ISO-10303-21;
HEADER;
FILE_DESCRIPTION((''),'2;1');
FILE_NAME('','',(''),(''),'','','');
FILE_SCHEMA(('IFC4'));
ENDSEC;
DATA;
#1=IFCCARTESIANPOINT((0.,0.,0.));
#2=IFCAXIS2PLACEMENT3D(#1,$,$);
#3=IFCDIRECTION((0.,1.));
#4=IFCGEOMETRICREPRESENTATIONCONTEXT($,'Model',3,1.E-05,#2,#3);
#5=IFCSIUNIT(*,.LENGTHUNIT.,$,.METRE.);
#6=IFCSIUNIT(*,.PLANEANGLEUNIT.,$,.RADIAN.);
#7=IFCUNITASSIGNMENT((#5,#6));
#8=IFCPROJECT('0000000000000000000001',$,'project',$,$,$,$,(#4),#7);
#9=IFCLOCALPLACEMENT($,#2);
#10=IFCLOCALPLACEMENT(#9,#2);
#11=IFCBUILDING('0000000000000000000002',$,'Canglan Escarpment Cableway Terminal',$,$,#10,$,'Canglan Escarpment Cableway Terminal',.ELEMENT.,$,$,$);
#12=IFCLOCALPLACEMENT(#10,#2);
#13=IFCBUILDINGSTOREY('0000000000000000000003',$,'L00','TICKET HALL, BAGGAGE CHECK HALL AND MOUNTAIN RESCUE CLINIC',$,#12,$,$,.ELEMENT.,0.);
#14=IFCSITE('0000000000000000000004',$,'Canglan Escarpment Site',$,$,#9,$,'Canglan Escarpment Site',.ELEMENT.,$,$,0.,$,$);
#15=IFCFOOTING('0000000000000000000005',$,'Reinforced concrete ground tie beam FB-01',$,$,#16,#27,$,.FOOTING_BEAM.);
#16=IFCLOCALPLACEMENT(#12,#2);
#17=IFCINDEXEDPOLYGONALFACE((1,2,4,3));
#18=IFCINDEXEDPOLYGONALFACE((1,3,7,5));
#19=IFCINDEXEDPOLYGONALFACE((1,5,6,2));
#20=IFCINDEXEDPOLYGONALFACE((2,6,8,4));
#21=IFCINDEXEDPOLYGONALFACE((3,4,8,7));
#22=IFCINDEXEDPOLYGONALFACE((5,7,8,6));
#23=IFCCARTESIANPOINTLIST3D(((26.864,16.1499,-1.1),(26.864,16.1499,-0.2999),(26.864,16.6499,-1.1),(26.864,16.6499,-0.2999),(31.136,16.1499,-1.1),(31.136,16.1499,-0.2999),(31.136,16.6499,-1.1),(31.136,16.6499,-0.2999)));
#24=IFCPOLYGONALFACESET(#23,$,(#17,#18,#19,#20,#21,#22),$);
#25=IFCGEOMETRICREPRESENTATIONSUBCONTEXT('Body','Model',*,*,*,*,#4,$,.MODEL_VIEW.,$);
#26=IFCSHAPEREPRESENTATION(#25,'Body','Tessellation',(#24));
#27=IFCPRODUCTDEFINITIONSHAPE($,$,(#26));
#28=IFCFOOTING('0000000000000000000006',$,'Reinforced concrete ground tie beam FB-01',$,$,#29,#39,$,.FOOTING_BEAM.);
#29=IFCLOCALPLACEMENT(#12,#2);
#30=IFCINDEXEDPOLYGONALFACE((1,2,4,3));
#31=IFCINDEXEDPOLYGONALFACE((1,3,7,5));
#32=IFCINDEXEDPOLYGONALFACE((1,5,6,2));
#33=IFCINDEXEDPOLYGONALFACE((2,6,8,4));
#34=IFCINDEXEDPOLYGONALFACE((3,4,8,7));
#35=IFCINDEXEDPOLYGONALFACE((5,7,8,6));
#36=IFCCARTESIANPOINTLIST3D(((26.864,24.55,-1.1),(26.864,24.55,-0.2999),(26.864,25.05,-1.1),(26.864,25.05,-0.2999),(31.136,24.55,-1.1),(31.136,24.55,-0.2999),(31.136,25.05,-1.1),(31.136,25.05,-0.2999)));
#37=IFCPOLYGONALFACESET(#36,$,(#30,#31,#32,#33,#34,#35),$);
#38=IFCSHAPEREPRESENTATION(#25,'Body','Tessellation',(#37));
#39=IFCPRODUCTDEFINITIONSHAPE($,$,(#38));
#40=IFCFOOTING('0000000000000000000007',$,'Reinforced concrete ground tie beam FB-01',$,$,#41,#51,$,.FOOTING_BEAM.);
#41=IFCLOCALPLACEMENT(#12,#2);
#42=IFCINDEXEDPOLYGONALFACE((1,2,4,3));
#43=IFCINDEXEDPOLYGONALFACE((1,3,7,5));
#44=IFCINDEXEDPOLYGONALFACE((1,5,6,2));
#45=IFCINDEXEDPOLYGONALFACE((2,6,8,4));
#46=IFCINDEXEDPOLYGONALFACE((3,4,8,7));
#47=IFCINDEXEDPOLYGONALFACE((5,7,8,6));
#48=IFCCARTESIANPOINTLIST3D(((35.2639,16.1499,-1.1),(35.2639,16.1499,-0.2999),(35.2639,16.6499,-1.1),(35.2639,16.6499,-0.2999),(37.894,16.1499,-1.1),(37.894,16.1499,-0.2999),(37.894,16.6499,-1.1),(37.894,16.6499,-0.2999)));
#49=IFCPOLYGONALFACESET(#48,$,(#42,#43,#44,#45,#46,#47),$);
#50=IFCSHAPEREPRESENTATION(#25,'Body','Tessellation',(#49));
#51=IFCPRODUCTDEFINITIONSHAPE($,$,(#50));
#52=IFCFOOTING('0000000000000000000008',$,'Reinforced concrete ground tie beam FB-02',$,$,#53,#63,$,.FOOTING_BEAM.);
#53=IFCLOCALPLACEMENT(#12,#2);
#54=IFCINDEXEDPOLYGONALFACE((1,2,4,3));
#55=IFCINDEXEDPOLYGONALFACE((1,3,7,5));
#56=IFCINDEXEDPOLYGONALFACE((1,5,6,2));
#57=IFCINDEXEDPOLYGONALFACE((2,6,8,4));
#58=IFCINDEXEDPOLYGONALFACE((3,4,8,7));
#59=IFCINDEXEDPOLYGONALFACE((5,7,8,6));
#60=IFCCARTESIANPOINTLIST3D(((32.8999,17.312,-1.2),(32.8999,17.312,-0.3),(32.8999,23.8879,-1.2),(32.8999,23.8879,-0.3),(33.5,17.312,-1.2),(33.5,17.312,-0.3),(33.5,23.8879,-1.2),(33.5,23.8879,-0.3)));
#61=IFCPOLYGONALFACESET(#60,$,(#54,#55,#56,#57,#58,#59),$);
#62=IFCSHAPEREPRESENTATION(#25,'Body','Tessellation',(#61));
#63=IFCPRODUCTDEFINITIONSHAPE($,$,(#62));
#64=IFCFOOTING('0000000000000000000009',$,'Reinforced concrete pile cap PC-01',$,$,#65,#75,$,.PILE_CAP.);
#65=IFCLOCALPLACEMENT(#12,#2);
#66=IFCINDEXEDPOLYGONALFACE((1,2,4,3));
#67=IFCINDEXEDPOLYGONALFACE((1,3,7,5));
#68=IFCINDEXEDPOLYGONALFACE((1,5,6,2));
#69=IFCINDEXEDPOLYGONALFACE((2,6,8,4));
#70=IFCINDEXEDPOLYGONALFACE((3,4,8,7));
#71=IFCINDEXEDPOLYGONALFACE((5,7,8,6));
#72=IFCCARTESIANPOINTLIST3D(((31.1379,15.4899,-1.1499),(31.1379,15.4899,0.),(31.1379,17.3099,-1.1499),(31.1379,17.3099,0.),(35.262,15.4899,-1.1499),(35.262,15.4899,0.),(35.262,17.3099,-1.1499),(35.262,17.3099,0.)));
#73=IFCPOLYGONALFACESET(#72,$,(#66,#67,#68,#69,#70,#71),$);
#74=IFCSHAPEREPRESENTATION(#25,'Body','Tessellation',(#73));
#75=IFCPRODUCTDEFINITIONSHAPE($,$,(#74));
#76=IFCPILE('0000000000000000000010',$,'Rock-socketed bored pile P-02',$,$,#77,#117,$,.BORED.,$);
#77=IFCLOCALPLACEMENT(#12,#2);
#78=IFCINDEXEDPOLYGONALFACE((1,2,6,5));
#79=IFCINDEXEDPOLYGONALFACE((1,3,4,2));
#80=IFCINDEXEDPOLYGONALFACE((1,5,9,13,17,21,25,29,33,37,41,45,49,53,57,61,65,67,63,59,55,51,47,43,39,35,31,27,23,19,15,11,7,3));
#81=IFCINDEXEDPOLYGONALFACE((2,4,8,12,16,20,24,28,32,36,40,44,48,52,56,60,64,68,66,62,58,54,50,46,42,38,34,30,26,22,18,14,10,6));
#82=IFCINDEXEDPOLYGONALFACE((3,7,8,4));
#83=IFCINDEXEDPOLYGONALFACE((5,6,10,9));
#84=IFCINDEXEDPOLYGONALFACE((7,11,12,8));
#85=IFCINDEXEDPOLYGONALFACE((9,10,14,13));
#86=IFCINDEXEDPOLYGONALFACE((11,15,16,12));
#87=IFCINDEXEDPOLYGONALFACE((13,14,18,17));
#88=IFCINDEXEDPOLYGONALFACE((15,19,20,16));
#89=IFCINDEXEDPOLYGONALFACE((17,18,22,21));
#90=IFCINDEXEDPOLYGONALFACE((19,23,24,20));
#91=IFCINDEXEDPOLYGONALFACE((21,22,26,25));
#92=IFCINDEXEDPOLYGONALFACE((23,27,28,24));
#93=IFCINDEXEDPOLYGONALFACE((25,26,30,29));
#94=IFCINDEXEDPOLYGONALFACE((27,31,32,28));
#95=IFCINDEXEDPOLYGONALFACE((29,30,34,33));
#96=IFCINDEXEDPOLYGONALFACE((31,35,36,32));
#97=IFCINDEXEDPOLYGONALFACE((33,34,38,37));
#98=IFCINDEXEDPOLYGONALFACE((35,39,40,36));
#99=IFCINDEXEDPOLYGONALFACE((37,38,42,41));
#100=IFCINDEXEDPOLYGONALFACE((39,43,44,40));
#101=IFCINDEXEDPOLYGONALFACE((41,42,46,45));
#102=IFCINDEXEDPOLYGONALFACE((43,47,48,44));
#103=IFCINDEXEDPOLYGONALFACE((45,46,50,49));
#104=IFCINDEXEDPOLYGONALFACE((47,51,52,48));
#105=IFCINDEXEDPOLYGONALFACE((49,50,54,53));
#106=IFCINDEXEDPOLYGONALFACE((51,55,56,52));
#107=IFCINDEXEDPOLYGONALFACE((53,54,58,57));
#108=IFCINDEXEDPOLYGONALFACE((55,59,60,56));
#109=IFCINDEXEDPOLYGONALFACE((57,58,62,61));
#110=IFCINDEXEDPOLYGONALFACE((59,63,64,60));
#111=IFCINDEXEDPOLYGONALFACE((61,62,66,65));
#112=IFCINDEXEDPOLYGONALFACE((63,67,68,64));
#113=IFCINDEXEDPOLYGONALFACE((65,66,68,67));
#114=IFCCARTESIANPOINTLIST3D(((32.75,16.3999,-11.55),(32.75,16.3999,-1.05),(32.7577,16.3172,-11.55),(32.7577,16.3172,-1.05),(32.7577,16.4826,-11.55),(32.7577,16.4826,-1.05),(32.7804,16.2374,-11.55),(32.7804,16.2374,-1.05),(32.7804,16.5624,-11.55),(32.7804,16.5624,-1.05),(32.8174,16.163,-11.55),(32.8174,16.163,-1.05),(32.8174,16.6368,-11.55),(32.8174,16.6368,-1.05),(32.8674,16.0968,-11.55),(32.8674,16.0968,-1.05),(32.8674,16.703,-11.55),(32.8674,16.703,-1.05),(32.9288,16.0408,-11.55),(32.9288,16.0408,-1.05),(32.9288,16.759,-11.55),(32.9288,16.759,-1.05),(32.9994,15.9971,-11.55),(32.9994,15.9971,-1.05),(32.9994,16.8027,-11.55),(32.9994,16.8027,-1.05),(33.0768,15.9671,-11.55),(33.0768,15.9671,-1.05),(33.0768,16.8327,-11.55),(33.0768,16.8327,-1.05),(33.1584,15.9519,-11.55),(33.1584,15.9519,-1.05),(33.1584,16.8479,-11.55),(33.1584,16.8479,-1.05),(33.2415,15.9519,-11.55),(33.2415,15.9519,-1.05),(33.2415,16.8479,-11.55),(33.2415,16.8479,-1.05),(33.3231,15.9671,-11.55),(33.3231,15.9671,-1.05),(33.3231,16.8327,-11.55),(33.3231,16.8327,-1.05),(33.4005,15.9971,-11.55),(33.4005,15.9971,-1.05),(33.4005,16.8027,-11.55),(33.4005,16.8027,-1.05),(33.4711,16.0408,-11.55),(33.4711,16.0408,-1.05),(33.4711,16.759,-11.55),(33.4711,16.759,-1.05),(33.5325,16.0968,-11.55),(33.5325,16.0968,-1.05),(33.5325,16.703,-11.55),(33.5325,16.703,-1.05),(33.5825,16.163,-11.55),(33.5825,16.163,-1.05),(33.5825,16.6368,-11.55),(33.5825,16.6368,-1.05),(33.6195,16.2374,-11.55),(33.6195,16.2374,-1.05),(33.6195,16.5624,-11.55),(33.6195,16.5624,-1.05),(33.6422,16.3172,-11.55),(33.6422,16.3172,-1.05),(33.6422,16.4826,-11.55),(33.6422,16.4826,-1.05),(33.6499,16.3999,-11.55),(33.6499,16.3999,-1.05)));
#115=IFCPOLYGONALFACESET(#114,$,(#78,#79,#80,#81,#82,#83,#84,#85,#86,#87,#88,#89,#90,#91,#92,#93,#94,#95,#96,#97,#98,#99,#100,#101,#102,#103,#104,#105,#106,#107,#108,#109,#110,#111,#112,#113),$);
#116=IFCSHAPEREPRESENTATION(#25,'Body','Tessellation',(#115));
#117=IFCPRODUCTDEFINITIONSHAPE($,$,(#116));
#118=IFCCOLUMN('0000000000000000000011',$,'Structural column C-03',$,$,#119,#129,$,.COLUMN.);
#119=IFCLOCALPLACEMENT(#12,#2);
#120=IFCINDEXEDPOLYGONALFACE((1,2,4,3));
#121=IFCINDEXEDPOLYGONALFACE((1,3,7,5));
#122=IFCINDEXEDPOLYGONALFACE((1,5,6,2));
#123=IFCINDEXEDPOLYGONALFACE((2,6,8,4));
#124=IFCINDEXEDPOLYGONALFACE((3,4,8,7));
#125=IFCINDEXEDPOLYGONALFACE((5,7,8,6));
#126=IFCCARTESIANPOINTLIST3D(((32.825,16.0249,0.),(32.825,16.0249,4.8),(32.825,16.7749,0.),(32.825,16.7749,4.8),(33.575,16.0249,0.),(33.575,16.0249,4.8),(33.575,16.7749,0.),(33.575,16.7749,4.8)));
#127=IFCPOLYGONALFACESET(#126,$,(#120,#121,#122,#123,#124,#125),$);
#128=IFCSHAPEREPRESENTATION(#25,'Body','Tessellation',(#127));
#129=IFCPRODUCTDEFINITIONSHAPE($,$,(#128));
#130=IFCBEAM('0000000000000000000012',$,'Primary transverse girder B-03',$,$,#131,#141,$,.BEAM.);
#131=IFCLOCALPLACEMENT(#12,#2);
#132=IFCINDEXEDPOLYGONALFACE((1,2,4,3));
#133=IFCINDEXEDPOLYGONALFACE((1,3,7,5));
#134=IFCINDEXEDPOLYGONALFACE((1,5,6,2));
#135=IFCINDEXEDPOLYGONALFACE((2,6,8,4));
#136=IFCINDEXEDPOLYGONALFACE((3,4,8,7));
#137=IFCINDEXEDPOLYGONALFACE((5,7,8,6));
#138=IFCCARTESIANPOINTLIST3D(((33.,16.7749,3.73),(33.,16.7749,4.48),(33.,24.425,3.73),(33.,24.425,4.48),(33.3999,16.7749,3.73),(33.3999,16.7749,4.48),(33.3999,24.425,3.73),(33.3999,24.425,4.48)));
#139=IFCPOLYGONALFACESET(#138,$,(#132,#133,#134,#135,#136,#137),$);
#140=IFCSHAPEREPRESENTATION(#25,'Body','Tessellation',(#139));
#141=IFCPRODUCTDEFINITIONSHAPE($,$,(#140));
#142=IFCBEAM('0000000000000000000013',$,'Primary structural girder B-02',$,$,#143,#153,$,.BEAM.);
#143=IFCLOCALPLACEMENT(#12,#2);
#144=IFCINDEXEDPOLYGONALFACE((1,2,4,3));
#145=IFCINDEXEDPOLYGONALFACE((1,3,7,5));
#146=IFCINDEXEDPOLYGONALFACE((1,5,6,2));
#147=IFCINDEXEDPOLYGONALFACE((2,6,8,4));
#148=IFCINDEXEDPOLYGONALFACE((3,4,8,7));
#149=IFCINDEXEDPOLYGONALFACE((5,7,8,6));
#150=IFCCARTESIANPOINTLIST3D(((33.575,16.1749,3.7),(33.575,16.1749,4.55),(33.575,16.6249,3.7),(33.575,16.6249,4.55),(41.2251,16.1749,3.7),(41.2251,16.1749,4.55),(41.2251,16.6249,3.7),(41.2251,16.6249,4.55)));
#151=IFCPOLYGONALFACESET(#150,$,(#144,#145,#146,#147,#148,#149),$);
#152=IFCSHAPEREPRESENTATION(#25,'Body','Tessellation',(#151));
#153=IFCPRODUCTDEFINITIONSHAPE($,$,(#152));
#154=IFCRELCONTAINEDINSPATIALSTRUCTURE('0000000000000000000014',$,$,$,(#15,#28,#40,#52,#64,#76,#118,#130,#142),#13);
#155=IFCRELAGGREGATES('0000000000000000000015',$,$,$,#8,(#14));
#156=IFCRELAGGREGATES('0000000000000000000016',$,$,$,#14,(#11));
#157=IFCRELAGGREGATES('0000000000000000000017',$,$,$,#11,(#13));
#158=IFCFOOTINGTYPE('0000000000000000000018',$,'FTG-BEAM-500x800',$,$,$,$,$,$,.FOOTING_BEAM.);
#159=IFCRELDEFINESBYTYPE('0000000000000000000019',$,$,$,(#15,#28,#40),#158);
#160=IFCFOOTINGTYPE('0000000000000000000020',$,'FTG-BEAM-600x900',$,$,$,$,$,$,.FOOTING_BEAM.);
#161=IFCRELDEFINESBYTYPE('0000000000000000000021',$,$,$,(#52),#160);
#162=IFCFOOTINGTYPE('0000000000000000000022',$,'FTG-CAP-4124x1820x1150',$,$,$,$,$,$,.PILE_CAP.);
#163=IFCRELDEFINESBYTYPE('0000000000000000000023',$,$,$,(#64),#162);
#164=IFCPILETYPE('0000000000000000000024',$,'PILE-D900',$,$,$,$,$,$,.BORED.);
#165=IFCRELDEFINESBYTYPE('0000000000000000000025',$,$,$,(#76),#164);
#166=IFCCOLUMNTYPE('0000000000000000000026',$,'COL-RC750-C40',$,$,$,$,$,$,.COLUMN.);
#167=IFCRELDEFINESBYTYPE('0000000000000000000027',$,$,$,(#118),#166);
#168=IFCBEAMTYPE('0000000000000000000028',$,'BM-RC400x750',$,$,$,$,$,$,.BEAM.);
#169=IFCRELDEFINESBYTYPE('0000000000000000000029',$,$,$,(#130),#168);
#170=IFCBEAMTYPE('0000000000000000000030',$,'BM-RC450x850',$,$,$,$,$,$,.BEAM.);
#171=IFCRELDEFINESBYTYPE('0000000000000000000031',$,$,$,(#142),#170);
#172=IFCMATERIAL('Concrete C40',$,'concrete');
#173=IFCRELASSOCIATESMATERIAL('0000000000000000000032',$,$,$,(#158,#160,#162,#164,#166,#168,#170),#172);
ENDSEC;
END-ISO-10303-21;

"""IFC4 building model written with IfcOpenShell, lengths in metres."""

from ifc_helpers import new_model, si_unit, direction, frame, origin, origin_2d, place, context, subcontext, project, spatial, rectangle, circle, extrude, material, material_profile, profile_set, type_object, element, save


model = new_model("IFC4")

# Units and contexts
model_context = context("Model", 3, precision=1e-05, world=origin(), true_north=direction((0.0, 1.0)))
body_context = subcontext(model_context, "Body", "Model", "MODEL_VIEW")
ifc_project = project(units=[si_unit("LENGTHUNIT", "METRE"), si_unit("PLANEANGLEUNIT", "RADIAN")], contexts=[model_context])

# Site, building, storey
site_placement = place(None, origin())
site = spatial("IfcSite", under=ifc_project, at=site_placement, Name="Canglan Escarpment Site", LongName="Canglan Escarpment Site", CompositionType="ELEMENT", RefElevation=0.0)
building_placement = place(site_placement, origin())
building = spatial("IfcBuilding", under=site, at=building_placement, Name="Canglan Escarpment Cableway Terminal", LongName="Canglan Escarpment Cableway Terminal", CompositionType="ELEMENT")
storey_placement = place(building_placement, origin())
storey = spatial("IfcBuildingStorey", under=building, at=storey_placement, Name="L00", Description="TICKET HALL, BAGGAGE CHECK HALL AND MOUNTAIN RESCUE CLINIC", CompositionType="ELEMENT", Elevation=0.0)

# Footings
ifc_material_1 = material(Name="Concrete C40", Category="concrete")
ifc_material_profile_1 = material_profile(ifc_material_1, rectangle(XDim=0.5, YDim=0.8, at=origin_2d()), Name="FB 500x800")
ifc_profile_set_1 = profile_set([ifc_material_profile_1], Name="Concrete C40")
footing_type_1 = type_object("IfcFootingType", Name="FTG-BEAM-500x800", PredefinedType="FOOTING_BEAM", material=ifc_profile_set_1)
for number, where, z_axis, x_axis, name in (
    (1, (26.864, 16.3999, -0.7), (1.0, 0.0, 0.0), (0.0, 1.0, 0.0), "Reinforced concrete ground tie beam FB-01"),
    (2, (26.864, 24.8, -0.7), (1.0, 0.0, 0.0), (0.0, 1.0, 0.0), "Reinforced concrete ground tie beam FB-01"),
):
    element("IfcFooting", number, at=place(storey_placement, frame(where, z_axis=z_axis, x_axis=x_axis)), inside=storey, type_object=footing_type_1, Name=name, PredefinedType="FOOTING_BEAM", context=body_context, shape_type="SweptSolid", body=[
        extrude(rectangle(XDim=0.5, YDim=0.8, at=origin_2d()), origin(), (0.0, 0.0, 1.0), 4.272),
    ])
footing_1_placement = place(storey_placement, frame((35.2639, 16.3999, -0.7), z_axis=(1.0, 0.0, 0.0), x_axis=(0.0, 1.0, 0.0)))
element("IfcFooting", 3, at=footing_1_placement, inside=storey, type_object=footing_type_1, Name="Reinforced concrete ground tie beam FB-01", PredefinedType="FOOTING_BEAM", context=body_context, shape_type="SweptSolid", body=[
    extrude(rectangle(XDim=0.5, YDim=0.8, at=origin_2d()), origin(), (0.0, 0.0, 1.0), 2.6301),
])
ifc_material_profile_2 = material_profile(ifc_material_1, rectangle(XDim=0.6001, YDim=0.8999, at=origin_2d()), Name="FB 600x900")
ifc_profile_set_2 = profile_set([ifc_material_profile_2], Name="Concrete C40")
footing_type_2 = type_object("IfcFootingType", Name="FTG-BEAM-600x900", PredefinedType="FOOTING_BEAM", material=ifc_profile_set_2)
footing_2_placement = place(storey_placement, frame((33.2, 17.312, -0.75), z_axis=(0.0, 1.0, 0.0), x_axis=(-1.0, 0.0, 0.0)))
element("IfcFooting", 4, at=footing_2_placement, inside=storey, type_object=footing_type_2, Name="Reinforced concrete ground tie beam FB-02", PredefinedType="FOOTING_BEAM", context=body_context, shape_type="SweptSolid", body=[
    extrude(rectangle(XDim=0.6001, YDim=0.8999, at=origin_2d()), origin(), (0.0, 0.0, 1.0), 6.5759),
])
footing_type_3 = type_object("IfcFootingType", Name="FTG-CAP-4124x1820x1150", PredefinedType="PILE_CAP", material=ifc_material_1)
footing_3_placement = place(storey_placement, frame((33.2, 16.3999, -1.1499), z_axis=(0.0, 0.0, 1.0), x_axis=(1.0, 0.0, 0.0)))
element("IfcFooting", 5, at=footing_3_placement, inside=storey, type_object=footing_type_3, Name="Reinforced concrete pile cap PC-01", PredefinedType="PILE_CAP", context=body_context, shape_type="SweptSolid", body=[
    extrude(rectangle(XDim=4.124, YDim=1.8201, at=origin_2d()), origin(), (0.0, 0.0, 1.0), 1.1499),
])

# Pile
ifc_material_profile_3 = material_profile(ifc_material_1, circle(Radius=0.45, at=origin_2d()), Name="BORED PILE D900")
ifc_profile_set_3 = profile_set([ifc_material_profile_3], Name="Concrete C40")
pile_type = type_object("IfcPileType", Name="PILE-D900", PredefinedType="BORED", material=ifc_profile_set_3)
pile_placement = place(storey_placement, frame((33.2, 16.3999, -1.05), z_axis=(0.0, 0.0, -1.0), x_axis=(1.0, 0.0, 0.0)))
element("IfcPile", 6, at=pile_placement, inside=storey, type_object=pile_type, Name="Rock-socketed bored pile P-02", PredefinedType="BORED", context=body_context, shape_type="SweptSolid", body=[
    extrude(circle(Radius=0.45, at=origin_2d()), origin(), (0.0, 0.0, 1.0), 10.5),
])

# Column
ifc_material_profile_4 = material_profile(ifc_material_1, rectangle(XDim=0.75, YDim=0.75, at=origin_2d()), Name="RC 750x750")
ifc_profile_set_4 = profile_set([ifc_material_profile_4], Name="Concrete C40")
column_type = type_object("IfcColumnType", Name="COL-RC750-C40", PredefinedType="COLUMN", material=ifc_profile_set_4)
column_placement = place(storey_placement, frame((33.2, 16.3999, 0.0), z_axis=(0.0, 0.0, 1.0), x_axis=(1.0, 0.0, 0.0)))
element("IfcColumn", 7, at=column_placement, inside=storey, type_object=column_type, Name="Structural column C-03", PredefinedType="COLUMN", context=body_context, shape_type="SweptSolid", body=[
    extrude(rectangle(XDim=0.75, YDim=0.75, at=origin_2d()), origin(), (0.0, 0.0, 1.0), 4.8),
])

# Beams
ifc_material_profile_5 = material_profile(ifc_material_1, rectangle(XDim=0.3999, YDim=0.75, at=origin_2d()), Name="RC 400x750")
ifc_profile_set_5 = profile_set([ifc_material_profile_5], Name="Concrete C40")
beam_type_1 = type_object("IfcBeamType", Name="BM-RC400x750", PredefinedType="BEAM", material=ifc_profile_set_5)
beam_1_placement = place(storey_placement, frame((33.2, 16.7749, 4.105), z_axis=(0.0, 1.0, 0.0), x_axis=(-1.0, 0.0, 0.0)))
element("IfcBeam", 8, at=beam_1_placement, inside=storey, type_object=beam_type_1, Name="Primary transverse girder B-03", PredefinedType="BEAM", context=body_context, shape_type="SweptSolid", body=[
    extrude(rectangle(XDim=0.3999, YDim=0.75, at=origin_2d()), origin(), (0.0, 0.0, 1.0), 7.6501),
])
ifc_material_profile_6 = material_profile(ifc_material_1, rectangle(XDim=0.45, YDim=0.8501, at=origin_2d()), Name="RC 450x850")
ifc_profile_set_6 = profile_set([ifc_material_profile_6], Name="Concrete C40")
beam_type_2 = type_object("IfcBeamType", Name="BM-RC450x850", PredefinedType="BEAM", material=ifc_profile_set_6)
beam_2_placement = place(storey_placement, frame((33.575, 16.3999, 4.125), z_axis=(1.0, 0.0, 0.0), x_axis=(0.0, 1.0, 0.0)))
element("IfcBeam", 9, at=beam_2_placement, inside=storey, type_object=beam_type_2, Name="Primary structural girder B-02", PredefinedType="BEAM", context=body_context, shape_type="SweptSolid", body=[
    extrude(rectangle(XDim=0.45, YDim=0.8501, at=origin_2d()), origin(), (0.0, 0.0, 1.0), 7.6501),
])

save(model, "model.ifc")
